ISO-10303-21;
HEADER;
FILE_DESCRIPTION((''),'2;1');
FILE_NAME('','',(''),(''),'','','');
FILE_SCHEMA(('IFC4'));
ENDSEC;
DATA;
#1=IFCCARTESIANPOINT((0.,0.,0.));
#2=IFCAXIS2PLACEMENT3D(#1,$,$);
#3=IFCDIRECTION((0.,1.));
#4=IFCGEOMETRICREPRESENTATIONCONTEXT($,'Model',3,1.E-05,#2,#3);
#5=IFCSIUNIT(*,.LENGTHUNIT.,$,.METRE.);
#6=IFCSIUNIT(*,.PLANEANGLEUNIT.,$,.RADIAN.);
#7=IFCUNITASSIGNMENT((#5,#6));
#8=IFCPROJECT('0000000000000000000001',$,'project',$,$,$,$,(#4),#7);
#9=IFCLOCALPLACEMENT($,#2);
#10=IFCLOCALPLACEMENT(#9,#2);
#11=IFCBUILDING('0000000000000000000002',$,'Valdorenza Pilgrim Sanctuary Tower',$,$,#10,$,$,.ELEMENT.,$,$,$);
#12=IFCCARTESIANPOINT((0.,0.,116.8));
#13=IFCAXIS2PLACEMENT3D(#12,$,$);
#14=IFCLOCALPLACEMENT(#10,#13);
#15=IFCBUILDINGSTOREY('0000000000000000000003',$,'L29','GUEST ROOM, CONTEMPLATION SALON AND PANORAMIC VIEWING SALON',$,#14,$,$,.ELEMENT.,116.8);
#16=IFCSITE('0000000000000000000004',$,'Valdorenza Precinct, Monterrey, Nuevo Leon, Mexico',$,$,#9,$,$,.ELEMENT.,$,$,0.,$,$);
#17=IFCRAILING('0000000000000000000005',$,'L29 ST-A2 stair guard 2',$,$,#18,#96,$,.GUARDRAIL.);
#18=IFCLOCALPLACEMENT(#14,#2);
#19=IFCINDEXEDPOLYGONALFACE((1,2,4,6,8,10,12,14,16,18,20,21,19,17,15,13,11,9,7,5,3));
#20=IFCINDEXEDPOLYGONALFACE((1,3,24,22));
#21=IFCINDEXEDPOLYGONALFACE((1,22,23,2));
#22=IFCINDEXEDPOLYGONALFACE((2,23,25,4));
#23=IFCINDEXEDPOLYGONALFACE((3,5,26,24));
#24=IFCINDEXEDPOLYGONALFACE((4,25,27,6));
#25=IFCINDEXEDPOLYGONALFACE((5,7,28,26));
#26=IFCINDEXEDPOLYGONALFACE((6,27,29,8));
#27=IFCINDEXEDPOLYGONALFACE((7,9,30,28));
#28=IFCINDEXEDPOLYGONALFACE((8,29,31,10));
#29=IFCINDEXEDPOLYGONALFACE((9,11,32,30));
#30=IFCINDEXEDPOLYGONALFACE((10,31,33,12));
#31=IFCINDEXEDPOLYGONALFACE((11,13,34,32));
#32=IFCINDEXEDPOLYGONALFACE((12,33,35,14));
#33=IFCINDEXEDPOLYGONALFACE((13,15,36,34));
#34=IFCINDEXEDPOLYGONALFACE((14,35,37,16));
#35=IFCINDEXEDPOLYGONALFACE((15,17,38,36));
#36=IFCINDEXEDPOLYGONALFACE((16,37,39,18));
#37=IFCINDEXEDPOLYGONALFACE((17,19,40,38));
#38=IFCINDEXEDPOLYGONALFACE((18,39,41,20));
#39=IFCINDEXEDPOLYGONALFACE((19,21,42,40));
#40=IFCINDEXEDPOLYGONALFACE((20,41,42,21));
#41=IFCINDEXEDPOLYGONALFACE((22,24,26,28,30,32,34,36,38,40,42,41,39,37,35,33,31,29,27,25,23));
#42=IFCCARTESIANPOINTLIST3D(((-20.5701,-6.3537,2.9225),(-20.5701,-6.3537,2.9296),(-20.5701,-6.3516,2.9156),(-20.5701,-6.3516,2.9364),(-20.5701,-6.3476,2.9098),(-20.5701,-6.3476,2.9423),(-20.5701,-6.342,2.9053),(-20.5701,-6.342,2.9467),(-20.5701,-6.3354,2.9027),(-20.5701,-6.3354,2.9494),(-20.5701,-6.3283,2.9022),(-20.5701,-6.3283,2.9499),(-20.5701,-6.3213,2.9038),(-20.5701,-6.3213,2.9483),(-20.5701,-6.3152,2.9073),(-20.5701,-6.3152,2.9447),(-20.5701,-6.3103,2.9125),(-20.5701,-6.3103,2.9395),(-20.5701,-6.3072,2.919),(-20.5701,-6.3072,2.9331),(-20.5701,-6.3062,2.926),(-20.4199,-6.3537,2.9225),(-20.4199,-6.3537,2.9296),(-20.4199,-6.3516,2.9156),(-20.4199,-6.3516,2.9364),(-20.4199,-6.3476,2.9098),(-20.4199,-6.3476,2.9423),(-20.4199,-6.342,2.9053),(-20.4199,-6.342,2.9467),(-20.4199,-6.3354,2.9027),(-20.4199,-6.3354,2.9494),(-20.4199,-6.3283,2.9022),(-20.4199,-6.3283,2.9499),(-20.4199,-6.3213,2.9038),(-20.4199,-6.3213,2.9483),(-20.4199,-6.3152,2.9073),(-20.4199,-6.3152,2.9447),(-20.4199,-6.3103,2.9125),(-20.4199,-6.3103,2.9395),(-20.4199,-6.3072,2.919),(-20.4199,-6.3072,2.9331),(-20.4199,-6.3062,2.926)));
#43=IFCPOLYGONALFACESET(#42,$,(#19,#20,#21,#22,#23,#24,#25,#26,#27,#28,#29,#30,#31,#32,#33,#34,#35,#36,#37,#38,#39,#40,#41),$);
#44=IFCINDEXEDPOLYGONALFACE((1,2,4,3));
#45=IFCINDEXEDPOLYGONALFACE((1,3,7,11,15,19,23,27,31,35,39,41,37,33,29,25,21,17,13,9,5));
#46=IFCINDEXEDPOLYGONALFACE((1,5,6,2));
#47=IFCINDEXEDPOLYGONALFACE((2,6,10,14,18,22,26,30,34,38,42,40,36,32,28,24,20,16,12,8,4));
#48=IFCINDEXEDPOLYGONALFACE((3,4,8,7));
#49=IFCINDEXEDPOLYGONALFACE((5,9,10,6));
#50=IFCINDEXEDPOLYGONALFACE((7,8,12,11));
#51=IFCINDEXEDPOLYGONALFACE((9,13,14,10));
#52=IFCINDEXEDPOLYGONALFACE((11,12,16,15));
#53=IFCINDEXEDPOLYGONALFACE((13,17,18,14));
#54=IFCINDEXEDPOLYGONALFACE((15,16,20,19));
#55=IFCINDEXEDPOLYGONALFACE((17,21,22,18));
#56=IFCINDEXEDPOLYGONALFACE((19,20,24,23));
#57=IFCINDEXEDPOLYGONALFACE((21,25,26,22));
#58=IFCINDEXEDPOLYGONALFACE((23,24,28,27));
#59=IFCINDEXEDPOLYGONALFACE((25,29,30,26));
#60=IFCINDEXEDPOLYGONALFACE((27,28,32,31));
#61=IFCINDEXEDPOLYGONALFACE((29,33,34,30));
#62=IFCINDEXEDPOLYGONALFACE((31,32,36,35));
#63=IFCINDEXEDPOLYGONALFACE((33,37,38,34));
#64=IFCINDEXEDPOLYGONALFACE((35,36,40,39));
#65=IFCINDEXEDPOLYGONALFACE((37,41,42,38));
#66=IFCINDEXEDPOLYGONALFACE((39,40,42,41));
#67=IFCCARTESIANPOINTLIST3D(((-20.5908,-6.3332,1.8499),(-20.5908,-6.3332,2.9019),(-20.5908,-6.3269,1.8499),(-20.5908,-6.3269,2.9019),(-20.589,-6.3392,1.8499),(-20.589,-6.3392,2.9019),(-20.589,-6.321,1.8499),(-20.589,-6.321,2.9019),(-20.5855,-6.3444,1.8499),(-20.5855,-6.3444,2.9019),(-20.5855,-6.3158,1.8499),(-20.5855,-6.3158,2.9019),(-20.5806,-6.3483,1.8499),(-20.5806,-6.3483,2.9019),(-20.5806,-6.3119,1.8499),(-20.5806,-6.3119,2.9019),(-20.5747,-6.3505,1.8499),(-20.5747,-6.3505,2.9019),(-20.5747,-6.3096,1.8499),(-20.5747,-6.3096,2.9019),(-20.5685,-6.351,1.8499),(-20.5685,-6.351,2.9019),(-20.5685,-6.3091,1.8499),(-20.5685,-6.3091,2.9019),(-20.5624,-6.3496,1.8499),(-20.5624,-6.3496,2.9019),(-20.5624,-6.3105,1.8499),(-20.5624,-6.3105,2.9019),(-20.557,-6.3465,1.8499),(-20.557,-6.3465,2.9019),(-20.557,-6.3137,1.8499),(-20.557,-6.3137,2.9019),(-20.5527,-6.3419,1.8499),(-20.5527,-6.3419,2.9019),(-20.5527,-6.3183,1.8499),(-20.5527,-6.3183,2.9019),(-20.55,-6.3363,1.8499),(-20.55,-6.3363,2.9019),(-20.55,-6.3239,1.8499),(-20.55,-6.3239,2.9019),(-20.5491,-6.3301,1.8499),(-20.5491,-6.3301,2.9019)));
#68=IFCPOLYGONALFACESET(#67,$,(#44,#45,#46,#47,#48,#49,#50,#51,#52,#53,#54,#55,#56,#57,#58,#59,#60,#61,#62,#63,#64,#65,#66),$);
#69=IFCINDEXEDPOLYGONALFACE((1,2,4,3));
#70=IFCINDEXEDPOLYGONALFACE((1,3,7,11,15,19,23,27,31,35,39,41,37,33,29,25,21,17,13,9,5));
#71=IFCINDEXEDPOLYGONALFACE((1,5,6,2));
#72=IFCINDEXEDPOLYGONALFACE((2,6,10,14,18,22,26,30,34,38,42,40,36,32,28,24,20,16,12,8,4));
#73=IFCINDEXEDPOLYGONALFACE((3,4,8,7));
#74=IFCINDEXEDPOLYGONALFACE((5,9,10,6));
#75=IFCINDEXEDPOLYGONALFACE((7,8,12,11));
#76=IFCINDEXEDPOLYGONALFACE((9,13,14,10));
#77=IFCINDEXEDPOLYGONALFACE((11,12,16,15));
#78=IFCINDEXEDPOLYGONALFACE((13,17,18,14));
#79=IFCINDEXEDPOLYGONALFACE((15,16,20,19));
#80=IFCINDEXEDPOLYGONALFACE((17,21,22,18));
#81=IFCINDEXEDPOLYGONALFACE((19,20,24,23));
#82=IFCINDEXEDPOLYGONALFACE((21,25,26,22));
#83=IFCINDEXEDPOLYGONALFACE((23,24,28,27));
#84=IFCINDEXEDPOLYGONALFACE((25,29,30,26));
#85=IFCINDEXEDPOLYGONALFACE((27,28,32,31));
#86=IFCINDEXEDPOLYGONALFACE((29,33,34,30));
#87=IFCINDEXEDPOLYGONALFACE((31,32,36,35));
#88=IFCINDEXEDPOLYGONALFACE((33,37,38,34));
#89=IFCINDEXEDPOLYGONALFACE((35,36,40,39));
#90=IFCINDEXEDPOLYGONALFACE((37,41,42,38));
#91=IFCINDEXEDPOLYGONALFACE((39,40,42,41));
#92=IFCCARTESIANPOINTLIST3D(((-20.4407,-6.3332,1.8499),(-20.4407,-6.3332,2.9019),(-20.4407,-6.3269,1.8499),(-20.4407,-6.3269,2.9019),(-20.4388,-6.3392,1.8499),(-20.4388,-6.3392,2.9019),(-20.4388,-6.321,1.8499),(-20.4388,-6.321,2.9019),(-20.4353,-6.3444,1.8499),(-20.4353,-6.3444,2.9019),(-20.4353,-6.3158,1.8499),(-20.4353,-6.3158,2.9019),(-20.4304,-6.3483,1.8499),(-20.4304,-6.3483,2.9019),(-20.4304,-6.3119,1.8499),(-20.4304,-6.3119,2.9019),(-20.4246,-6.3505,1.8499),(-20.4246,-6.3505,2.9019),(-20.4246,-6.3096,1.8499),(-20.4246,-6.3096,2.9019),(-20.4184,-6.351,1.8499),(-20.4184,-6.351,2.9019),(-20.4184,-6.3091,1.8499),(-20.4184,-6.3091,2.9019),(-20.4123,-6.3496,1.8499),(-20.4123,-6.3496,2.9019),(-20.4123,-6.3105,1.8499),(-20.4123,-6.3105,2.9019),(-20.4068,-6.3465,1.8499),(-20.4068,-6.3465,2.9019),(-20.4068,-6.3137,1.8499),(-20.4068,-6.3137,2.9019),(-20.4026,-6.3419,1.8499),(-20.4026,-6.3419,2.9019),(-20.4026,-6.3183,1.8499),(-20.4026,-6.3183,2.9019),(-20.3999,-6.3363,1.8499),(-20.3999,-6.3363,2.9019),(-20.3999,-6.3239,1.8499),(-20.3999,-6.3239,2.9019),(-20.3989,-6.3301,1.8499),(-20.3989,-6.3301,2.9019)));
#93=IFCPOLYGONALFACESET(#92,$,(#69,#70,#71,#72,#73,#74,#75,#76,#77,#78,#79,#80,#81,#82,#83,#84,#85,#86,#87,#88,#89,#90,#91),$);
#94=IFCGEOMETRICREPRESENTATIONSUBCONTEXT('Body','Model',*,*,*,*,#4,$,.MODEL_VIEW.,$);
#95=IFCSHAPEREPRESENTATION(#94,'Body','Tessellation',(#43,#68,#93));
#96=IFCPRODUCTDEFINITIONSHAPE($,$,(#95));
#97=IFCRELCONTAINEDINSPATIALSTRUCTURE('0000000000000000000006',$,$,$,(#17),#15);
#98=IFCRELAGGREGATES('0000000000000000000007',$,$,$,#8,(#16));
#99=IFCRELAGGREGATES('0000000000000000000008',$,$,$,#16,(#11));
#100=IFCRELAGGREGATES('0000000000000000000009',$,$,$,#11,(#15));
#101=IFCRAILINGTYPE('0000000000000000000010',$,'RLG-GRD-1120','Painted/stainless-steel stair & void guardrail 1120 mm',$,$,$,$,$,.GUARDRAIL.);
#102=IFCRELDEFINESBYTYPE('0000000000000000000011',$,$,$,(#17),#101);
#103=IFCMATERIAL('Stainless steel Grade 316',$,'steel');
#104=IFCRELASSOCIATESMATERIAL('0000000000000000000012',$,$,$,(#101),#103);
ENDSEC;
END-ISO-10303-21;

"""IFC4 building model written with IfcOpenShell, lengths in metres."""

from ifc_helpers import new_model, si_unit, direction, frame, origin, origin_2d, place, context, subcontext, project, spatial, circle, extrude, material, type_object, element, save


model = new_model("IFC4")

# Units and contexts
model_context = context("Model", 3, precision=1e-05, world=origin(), true_north=direction((0.0, 1.0)))
body_context = subcontext(model_context, "Body", "Model", "MODEL_VIEW")
ifc_project = project(units=[si_unit("LENGTHUNIT", "METRE"), si_unit("PLANEANGLEUNIT", "RADIAN")], contexts=[model_context])

# Site, building, storey
site_placement = place(None, origin())
site = spatial("IfcSite", under=ifc_project, at=site_placement, Name="Valdorenza Precinct, Monterrey, Nuevo Leon, Mexico", CompositionType="ELEMENT", RefElevation=0.0)
building_placement = place(site_placement, origin())
building = spatial("IfcBuilding", under=site, at=building_placement, Name="Valdorenza Pilgrim Sanctuary Tower", CompositionType="ELEMENT")
storey_placement = place(building_placement, frame((0.0, 0.0, 116.8)))
storey = spatial("IfcBuildingStorey", under=building, at=storey_placement, Name="L29", Description="GUEST ROOM, CONTEMPLATION SALON AND PANORAMIC VIEWING SALON", CompositionType="ELEMENT", Elevation=116.8)

# Railing
ifc_material_1 = material(Name="Stainless steel Grade 316", Category="steel")
railing_type_1 = type_object("IfcRailingType", Name="RLG-GRD-1120", Description="Painted/stainless-steel stair & void guardrail 1120 mm", PredefinedType="GUARDRAIL", material=ifc_material_1)
railing_1_placement = place(storey_placement, frame((-20.5701, -6.3301, 1.8499)))
element("IfcRailing", 1, at=railing_1_placement, inside=storey, type_object=railing_type_1, Name="L29 ST-A2 stair guard 2", PredefinedType="GUARDRAIL", context=body_context, shape_type="SweptSolid", body=[
    extrude(circle(Radius=0.0239, at=origin_2d()), frame((0.0, 0.0, 1.0762), z_axis=(1.0, 0.0, 0.0), x_axis=(0.0, 1.0, 0.0)), (0.0, 0.0, 1.0), 0.1501),
    extrude(circle(Radius=0.021, at=origin_2d()), origin(), (0.0, 0.0, 1.0), 1.052),
    extrude(circle(Radius=0.021, at=origin_2d()), frame((0.1501, 0.0, 0.0)), (0.0, 0.0, 1.0), 1.052),
])

save(model, "model.ifc")
